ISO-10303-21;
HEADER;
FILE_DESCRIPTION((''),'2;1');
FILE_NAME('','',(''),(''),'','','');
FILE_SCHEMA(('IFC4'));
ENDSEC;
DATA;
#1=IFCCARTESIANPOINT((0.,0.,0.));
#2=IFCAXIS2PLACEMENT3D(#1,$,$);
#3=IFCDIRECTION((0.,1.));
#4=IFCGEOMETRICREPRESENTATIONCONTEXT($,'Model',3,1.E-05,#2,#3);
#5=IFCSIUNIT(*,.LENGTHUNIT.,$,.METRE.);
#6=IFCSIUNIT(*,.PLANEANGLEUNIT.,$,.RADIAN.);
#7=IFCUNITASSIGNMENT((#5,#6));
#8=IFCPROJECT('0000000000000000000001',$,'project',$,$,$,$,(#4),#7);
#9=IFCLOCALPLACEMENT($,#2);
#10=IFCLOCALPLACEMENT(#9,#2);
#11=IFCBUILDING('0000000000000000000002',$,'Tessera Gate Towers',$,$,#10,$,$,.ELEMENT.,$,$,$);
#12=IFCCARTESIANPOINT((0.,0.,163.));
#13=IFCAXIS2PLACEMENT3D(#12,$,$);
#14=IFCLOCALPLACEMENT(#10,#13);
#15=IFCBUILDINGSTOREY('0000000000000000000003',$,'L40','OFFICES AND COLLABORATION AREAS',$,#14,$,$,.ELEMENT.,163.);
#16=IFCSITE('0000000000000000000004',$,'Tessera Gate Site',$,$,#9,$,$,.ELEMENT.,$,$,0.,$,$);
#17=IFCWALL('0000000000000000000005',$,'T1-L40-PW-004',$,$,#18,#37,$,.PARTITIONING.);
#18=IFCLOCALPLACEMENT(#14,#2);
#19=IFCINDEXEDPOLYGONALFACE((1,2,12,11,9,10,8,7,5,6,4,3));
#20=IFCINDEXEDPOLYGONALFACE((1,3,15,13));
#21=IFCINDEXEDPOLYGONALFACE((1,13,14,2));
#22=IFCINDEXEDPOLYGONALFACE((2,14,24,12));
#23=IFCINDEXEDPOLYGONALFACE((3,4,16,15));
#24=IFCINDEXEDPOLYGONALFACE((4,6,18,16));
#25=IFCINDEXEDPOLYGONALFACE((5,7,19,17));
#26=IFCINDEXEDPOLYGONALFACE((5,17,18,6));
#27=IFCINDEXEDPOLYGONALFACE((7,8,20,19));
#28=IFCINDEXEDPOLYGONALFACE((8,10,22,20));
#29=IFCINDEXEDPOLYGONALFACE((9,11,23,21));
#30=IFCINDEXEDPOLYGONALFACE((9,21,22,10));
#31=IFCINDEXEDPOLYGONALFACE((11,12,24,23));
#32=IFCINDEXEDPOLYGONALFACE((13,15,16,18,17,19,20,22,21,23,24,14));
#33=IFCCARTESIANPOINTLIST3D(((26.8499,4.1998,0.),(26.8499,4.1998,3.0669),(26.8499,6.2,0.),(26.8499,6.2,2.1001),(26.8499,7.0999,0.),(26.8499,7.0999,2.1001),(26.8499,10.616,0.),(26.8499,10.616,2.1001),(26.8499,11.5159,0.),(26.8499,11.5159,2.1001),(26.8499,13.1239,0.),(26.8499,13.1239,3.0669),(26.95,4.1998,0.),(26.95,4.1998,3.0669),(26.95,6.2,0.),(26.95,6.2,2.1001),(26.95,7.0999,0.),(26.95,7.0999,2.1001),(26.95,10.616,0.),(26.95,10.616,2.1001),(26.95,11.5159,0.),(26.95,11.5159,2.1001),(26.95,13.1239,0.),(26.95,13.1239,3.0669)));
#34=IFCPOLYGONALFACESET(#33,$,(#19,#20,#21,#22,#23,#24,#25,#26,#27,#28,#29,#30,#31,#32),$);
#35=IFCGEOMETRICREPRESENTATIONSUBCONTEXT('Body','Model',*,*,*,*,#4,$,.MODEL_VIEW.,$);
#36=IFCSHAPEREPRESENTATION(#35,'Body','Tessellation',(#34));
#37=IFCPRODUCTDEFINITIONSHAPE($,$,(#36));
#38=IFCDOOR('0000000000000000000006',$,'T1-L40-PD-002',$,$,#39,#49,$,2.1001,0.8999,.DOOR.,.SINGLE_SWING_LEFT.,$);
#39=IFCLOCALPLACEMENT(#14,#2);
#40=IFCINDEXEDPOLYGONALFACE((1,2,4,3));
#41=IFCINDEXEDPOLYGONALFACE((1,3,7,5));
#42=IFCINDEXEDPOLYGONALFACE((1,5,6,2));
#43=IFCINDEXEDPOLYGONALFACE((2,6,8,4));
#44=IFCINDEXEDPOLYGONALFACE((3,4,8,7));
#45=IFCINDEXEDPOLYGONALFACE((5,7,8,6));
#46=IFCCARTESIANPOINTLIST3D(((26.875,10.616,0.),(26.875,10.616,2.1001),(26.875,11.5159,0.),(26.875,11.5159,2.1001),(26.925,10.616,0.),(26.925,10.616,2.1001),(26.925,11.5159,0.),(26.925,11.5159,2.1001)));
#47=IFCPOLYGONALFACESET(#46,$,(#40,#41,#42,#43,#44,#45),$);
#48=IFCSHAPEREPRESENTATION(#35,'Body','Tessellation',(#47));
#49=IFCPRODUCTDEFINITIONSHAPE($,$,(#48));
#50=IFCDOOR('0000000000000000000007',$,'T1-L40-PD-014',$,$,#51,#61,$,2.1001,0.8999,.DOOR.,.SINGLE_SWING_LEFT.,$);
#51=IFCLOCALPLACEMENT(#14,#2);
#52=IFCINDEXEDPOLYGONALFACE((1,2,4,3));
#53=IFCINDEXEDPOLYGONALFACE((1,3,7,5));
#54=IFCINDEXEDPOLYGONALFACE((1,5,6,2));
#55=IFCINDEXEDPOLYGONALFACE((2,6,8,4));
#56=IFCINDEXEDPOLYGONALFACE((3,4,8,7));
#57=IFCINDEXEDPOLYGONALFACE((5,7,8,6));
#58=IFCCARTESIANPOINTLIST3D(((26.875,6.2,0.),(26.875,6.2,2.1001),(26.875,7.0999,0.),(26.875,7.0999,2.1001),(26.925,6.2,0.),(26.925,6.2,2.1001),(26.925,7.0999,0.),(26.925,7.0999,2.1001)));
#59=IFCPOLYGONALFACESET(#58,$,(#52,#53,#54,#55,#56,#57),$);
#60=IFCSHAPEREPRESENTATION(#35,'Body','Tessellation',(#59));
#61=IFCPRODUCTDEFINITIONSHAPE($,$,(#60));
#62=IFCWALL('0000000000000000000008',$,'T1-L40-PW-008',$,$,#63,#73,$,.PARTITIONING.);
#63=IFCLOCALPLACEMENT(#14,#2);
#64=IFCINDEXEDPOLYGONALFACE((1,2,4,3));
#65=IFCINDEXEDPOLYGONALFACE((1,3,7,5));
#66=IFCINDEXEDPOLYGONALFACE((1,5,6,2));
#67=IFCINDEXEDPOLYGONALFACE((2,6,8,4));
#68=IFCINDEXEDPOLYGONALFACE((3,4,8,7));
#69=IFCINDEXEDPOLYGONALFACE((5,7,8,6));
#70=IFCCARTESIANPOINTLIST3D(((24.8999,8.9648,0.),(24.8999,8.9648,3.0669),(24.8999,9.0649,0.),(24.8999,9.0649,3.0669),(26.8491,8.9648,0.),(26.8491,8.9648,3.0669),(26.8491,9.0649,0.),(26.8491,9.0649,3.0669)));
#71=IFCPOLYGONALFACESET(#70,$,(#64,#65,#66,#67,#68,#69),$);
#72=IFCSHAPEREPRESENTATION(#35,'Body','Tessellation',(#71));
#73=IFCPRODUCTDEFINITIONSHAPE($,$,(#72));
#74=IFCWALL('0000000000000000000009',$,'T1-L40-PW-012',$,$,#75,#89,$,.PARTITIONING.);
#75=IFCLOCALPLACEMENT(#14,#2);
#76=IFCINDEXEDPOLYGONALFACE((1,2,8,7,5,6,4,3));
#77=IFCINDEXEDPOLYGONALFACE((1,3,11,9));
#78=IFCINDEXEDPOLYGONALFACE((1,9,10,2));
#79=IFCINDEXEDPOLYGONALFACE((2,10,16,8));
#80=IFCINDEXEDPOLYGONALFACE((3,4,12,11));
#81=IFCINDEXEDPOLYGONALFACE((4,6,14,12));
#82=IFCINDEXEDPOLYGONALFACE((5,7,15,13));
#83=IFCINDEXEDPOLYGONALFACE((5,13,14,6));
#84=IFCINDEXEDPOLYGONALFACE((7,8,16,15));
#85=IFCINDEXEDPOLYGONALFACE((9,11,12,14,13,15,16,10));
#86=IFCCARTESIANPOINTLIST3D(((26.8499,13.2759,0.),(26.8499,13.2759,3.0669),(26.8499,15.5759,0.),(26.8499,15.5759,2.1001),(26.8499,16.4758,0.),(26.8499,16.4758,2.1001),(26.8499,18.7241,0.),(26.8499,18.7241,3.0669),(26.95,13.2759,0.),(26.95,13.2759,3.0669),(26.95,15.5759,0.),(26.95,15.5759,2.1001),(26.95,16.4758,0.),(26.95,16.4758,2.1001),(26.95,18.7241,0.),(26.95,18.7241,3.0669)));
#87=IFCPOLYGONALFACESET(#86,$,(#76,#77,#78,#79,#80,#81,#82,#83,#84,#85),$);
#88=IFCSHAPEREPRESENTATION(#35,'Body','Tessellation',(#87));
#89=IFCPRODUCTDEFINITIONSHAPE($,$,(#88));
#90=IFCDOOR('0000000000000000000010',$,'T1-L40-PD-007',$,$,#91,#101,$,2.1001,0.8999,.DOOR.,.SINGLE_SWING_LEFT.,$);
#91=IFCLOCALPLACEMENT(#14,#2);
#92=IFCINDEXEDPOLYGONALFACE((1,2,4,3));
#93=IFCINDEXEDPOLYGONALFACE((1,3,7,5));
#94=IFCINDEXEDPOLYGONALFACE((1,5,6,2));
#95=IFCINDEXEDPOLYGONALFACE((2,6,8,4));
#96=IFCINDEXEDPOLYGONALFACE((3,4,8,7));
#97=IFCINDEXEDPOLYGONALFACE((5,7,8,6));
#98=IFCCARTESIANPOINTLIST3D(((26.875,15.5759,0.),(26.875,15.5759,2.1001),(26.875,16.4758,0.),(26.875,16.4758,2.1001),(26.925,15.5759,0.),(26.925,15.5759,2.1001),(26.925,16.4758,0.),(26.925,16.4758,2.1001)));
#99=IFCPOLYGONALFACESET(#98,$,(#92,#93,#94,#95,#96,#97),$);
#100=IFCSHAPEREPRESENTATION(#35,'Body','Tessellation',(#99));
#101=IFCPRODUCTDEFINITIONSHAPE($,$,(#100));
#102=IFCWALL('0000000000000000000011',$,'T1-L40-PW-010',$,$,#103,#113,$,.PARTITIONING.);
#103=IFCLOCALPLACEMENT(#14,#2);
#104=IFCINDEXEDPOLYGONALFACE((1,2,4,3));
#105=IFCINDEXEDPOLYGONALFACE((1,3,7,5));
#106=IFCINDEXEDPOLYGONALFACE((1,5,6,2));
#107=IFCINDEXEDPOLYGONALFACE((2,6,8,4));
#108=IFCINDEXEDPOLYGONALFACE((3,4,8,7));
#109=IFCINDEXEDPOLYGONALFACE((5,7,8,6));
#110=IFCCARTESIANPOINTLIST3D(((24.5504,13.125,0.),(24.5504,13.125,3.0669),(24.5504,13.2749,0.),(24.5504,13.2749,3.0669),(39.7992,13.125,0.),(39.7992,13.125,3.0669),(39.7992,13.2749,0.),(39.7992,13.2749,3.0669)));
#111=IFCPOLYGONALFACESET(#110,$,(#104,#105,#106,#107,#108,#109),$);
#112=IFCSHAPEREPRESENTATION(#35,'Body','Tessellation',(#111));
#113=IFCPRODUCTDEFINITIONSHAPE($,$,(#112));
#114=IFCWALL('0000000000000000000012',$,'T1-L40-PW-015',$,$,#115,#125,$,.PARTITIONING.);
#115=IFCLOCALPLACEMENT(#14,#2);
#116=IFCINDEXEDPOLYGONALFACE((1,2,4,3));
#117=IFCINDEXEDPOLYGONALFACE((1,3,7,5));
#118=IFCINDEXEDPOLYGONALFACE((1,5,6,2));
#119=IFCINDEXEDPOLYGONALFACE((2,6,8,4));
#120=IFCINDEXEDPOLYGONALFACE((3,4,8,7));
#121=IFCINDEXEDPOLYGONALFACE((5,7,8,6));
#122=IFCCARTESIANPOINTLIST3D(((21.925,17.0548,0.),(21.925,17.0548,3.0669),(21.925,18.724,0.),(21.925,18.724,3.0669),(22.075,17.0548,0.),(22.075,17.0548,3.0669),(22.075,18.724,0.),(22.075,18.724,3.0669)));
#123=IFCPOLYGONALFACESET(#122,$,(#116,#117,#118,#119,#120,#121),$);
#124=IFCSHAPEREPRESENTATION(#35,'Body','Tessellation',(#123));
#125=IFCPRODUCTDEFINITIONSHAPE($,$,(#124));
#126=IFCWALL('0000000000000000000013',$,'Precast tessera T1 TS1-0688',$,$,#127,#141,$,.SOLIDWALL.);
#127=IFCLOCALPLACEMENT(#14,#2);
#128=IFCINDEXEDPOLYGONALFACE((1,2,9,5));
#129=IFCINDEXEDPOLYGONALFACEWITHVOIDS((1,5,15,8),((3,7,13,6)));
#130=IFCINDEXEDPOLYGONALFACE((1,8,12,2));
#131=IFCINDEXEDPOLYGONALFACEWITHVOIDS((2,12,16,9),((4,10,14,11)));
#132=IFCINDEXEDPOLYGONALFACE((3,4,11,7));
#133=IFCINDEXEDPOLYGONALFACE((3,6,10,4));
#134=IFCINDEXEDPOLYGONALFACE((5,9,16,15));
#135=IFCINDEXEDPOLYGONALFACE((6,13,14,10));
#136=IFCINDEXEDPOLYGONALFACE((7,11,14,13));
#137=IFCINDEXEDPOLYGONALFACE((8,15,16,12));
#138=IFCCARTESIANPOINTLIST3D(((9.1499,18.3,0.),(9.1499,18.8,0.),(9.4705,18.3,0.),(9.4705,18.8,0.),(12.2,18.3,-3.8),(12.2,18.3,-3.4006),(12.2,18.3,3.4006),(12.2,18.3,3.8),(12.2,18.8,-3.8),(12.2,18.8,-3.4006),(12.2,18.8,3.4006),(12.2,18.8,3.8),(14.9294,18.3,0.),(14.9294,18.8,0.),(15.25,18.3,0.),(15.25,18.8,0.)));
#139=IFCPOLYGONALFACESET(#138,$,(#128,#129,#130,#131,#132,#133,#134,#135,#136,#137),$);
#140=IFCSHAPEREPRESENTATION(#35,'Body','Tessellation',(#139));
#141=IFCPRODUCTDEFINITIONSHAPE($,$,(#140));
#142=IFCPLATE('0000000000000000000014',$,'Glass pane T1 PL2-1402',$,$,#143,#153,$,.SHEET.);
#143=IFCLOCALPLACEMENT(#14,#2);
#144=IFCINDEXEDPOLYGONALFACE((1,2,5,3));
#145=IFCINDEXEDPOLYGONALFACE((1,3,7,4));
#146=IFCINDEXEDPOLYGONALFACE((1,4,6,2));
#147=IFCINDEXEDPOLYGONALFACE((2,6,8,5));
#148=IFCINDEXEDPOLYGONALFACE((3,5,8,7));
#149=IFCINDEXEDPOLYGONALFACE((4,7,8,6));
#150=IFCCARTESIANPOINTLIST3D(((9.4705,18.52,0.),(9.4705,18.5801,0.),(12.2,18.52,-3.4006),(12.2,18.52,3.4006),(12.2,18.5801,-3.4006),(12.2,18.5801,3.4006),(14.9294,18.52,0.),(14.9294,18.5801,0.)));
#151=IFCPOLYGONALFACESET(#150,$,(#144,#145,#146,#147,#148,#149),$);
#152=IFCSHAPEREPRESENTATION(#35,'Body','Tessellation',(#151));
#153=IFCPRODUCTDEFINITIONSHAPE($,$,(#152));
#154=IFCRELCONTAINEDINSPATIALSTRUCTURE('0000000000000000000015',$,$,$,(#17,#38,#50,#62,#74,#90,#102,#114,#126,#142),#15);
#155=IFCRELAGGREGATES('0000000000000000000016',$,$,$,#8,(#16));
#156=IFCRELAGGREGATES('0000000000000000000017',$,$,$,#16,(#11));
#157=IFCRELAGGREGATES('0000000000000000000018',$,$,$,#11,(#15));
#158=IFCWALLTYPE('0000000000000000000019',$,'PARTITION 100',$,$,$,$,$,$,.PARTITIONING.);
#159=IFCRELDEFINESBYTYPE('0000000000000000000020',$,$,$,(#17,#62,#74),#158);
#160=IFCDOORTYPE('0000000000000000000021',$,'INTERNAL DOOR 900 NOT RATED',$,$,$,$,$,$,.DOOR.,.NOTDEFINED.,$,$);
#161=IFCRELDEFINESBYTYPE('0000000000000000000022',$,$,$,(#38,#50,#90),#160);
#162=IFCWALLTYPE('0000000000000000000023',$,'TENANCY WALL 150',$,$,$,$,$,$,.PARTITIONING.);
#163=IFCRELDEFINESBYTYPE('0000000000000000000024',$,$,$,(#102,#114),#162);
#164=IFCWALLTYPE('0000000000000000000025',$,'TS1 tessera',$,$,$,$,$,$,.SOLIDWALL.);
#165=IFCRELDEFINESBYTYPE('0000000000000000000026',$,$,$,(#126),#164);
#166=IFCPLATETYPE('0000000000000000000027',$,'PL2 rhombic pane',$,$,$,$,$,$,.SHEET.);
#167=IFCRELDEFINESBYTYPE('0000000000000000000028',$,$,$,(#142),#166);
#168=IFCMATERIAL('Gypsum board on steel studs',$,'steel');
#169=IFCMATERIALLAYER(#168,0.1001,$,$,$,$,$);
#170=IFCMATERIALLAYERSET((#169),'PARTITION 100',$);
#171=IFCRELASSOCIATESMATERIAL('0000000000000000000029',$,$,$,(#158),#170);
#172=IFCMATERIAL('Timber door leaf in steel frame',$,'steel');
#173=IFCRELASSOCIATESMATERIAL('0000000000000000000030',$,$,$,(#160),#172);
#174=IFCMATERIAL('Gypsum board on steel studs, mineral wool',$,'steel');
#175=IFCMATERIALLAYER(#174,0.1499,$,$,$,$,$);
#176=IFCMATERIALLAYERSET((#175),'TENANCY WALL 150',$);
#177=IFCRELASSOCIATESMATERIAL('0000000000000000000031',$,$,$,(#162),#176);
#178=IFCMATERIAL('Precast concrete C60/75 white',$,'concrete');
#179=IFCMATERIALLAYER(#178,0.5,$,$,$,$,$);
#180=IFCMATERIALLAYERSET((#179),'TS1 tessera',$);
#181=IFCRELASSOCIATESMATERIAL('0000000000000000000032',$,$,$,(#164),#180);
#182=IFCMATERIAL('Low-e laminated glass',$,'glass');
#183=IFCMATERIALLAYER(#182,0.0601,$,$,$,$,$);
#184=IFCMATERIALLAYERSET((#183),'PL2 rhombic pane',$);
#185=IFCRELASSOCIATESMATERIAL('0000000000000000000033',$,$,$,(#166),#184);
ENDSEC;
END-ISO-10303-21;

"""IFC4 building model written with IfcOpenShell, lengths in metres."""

from ifc_helpers import new_model, si_unit, direction, frame, frame_2d, origin, place, context, subcontext, project, spatial, polyline, rectangle, outline, extrude, source, transform, mapped, material, layer, layer_set, type_object, element, fill, save


model = new_model("IFC4")

# Units and contexts
model_context = context("Model", 3, precision=1e-05, world=origin(), true_north=direction((0.0, 1.0)))
body_context = subcontext(model_context, "Body", "Model", "MODEL_VIEW")
ifc_project = project(units=[si_unit("LENGTHUNIT", "METRE"), si_unit("PLANEANGLEUNIT", "RADIAN")], contexts=[model_context])

# Site, building, storey
site_placement = place(None, origin())
site = spatial("IfcSite", under=ifc_project, at=site_placement, Name="Tessera Gate Site", CompositionType="ELEMENT", RefElevation=0.0)
building_placement = place(site_placement, origin())
building = spatial("IfcBuilding", under=site, at=building_placement, Name="Tessera Gate Towers", CompositionType="ELEMENT")
storey_placement = place(building_placement, frame((0.0, 0.0, 163.0)))
storey = spatial("IfcBuildingStorey", under=building, at=storey_placement, Name="L40", Description="OFFICES AND COLLABORATION AREAS", CompositionType="ELEMENT", Elevation=163.0)

# Shared definitions
ifc_material_1 = material(Name="Gypsum board on steel studs", Category="steel")
ifc_layer_1 = layer(ifc_material_1, 0.1001)
ifc_layer_set_1 = layer_set([ifc_layer_1], Name="PARTITION 100")
wall_type_1 = type_object("IfcWallType", Name="PARTITION 100", PredefinedType="PARTITIONING", material=ifc_layer_set_1)

# Wall, openings, doors
wall_1_placement = place(storey_placement, frame((26.8999, 4.2, 0.0), z_axis=(0.0, 0.0, 1.0), x_axis=(0.0, 1.0, 0.0)))
wall_1 = element("IfcWall", 1, at=wall_1_placement, inside=storey, type_object=wall_type_1, Name="T1-L40-PW-004", PredefinedType="PARTITIONING", context=body_context, shape_type="SweptSolid", body=[
    extrude(rectangle(XDim=8.9241, YDim=0.1001, at=frame_2d((4.4619, 0.0))), origin(), (0.0, 0.0, 1.0), 3.0669),
])
shared_shape_1 = source(origin(), body_context, "Body", "SweptSolid", [
    extrude(rectangle(XDim=0.8999, YDim=2.1001, at=frame_2d((0.45, 1.05))), frame((0.0, 0.0601, 0.0), z_axis=(0.0, -1.0, 0.0), x_axis=(1.0, 0.0, 0.0)), (0.0, 0.0, 1.0), 0.1201),
])
opening_1_placement = place(wall_1_placement, frame((6.416, 0.0, 0.0)))
opening_1 = element("IfcOpeningElement", 2, at=opening_1_placement, cuts=wall_1, PredefinedType="OPENING", context=body_context, shape_type="MappedRepresentation", body=[
    mapped(shared_shape_1, transform((0.0, 0.0, 0.0), scale=1.0)),
])
opening_2_placement = place(wall_1_placement, frame((2.0, 0.0, 0.0)))
opening_2 = element("IfcOpeningElement", 3, at=opening_2_placement, cuts=wall_1, PredefinedType="OPENING", context=body_context, shape_type="MappedRepresentation", body=[
    mapped(shared_shape_1, transform((0.0, 0.0, 0.0), scale=1.0)),
])
ifc_material_2 = material(Name="Timber door leaf in steel frame", Category="steel")
door_type = type_object("IfcDoorType", Name="INTERNAL DOOR 900 NOT RATED", OperationType="NOTDEFINED", PredefinedType="DOOR", material=ifc_material_2)
shared_shape_2 = source(origin(), body_context, "Body", "SweptSolid", [
    extrude(rectangle(XDim=0.8999, YDim=2.1001, at=frame_2d((0.45, 1.05))), frame((0.0, 0.0249, 0.0), z_axis=(0.0, -1.0, 0.0), x_axis=(1.0, 0.0, 0.0)), (0.0, 0.0, 1.0), 0.05),
])
door_1_placement = place(opening_1_placement, origin())
door_1 = element("IfcDoor", 4, at=door_1_placement, inside=storey, type_object=door_type, Name="T1-L40-PD-002", OperationType="SINGLE_SWING_LEFT", OverallHeight=2.1001, OverallWidth=0.8999, PredefinedType="DOOR", context=body_context, shape_type="MappedRepresentation", body=[
    mapped(shared_shape_2, transform((0.0, 0.0, 0.0), scale=1.0)),
])
fill(opening_1, door_1)
door_2_placement = place(opening_2_placement, origin())
door_2 = element("IfcDoor", 5, at=door_2_placement, inside=storey, type_object=door_type, Name="T1-L40-PD-014", OperationType="SINGLE_SWING_LEFT", OverallHeight=2.1001, OverallWidth=0.8999, PredefinedType="DOOR", context=body_context, shape_type="MappedRepresentation", body=[
    mapped(shared_shape_2, transform((0.0, 0.0, 0.0), scale=1.0)),
])
fill(opening_2, door_2)

# Wall
wall_2_placement = place(storey_placement, frame((24.8999, 9.0149, 0.0), z_axis=(0.0, 0.0, 1.0), x_axis=(1.0, 0.0, 0.0)))
element("IfcWall", 6, at=wall_2_placement, inside=storey, type_object=wall_type_1, Name="T1-L40-PW-008", PredefinedType="PARTITIONING", context=body_context, shape_type="SweptSolid", body=[
    extrude(rectangle(XDim=1.9492, YDim=0.1001, at=frame_2d((0.9746, 0.0))), origin(), (0.0, 0.0, 1.0), 3.0669),
])

# Wall, opening, door
wall_3_placement = place(storey_placement, frame((26.8999, 13.2759, 0.0), z_axis=(0.0, 0.0, 1.0), x_axis=(0.0, 1.0, 0.0)))
wall_3 = element("IfcWall", 7, at=wall_3_placement, inside=storey, type_object=wall_type_1, Name="T1-L40-PW-012", PredefinedType="PARTITIONING", context=body_context, shape_type="SweptSolid", body=[
    extrude(rectangle(XDim=5.4482, YDim=0.1001, at=frame_2d((2.7241, 0.0))), origin(), (0.0, 0.0, 1.0), 3.0669),
])
opening_3_placement = place(wall_3_placement, frame((2.3, 0.0, 0.0)))
opening_3 = element("IfcOpeningElement", 8, at=opening_3_placement, cuts=wall_3, PredefinedType="OPENING", context=body_context, shape_type="MappedRepresentation", body=[
    mapped(shared_shape_1, transform((0.0, 0.0, 0.0), scale=1.0)),
])
door_3_placement = place(opening_3_placement, origin())
door_3 = element("IfcDoor", 9, at=door_3_placement, inside=storey, type_object=door_type, Name="T1-L40-PD-007", OperationType="SINGLE_SWING_LEFT", OverallHeight=2.1001, OverallWidth=0.8999, PredefinedType="DOOR", context=body_context, shape_type="MappedRepresentation", body=[
    mapped(shared_shape_2, transform((0.0, 0.0, 0.0), scale=1.0)),
])
fill(opening_3, door_3)

# Walls
ifc_material_3 = material(Name="Gypsum board on steel studs, mineral wool", Category="steel")
ifc_layer_2 = layer(ifc_material_3, 0.1499)
ifc_layer_set_2 = layer_set([ifc_layer_2], Name="TENANCY WALL 150")
wall_type_2 = type_object("IfcWallType", Name="TENANCY WALL 150", PredefinedType="PARTITIONING", material=ifc_layer_set_2)
wall_4_placement = place(storey_placement, frame((24.5503, 13.2, 0.0), z_axis=(0.0, 0.0, 1.0), x_axis=(1.0, 0.0, 0.0)))
element("IfcWall", 10, at=wall_4_placement, inside=storey, type_object=wall_type_2, Name="T1-L40-PW-010", PredefinedType="PARTITIONING", context=body_context, shape_type="SweptSolid", body=[
    extrude(rectangle(XDim=15.2488, YDim=0.1499, at=frame_2d((7.6245, 0.0))), origin(), (0.0, 0.0, 1.0), 3.0669),
])
wall_5_placement = place(storey_placement, frame((22.0, 17.0549, 0.0), z_axis=(0.0, 0.0, 1.0), x_axis=(0.0, 1.0, 0.0)))
element("IfcWall", 11, at=wall_5_placement, inside=storey, type_object=wall_type_2, Name="T1-L40-PW-015", PredefinedType="PARTITIONING", context=body_context, shape_type="SweptSolid", body=[
    extrude(rectangle(XDim=1.6692, YDim=0.1499, at=frame_2d((0.8345, 0.0))), origin(), (0.0, 0.0, 1.0), 3.0669),
])

# Wall, opening, plate
ifc_material_4 = material(Name="Precast concrete C60/75 white", Category="concrete")
ifc_layer_3 = layer(ifc_material_4, 0.5)
ifc_layer_set_3 = layer_set([ifc_layer_3], Name="TS1 tessera")
wall_type_3 = type_object("IfcWallType", Name="TS1 tessera", PredefinedType="SOLIDWALL", material=ifc_layer_set_3)
shared_shape_3 = source(origin(), body_context, "Body", "SweptSolid", [
    extrude(outline(polyline([(3.05, 0.0), (6.1001, 3.8), (3.05, 7.6001), (0.0, 3.8), (3.05, 0.0)])), frame((0.0, 0.25, 0.0), z_axis=(0.0, -1.0, 0.0), x_axis=(1.0, 0.0, 0.0)), (0.0, 0.0, 1.0), 0.5),
])
wall_6_placement = place(storey_placement, frame((9.1499, 18.55, -3.8), z_axis=(0.0, 0.0, 1.0), x_axis=(1.0, 0.0, 0.0)))
wall_6 = element("IfcWall", 12, at=wall_6_placement, inside=storey, type_object=wall_type_3, Name="Precast tessera T1 TS1-0688", PredefinedType="SOLIDWALL", context=body_context, shape_type="MappedRepresentation", body=[
    mapped(shared_shape_3, transform((0.0, 0.0, 0.0), scale=1.0)),
])
shared_shape_4 = source(origin(), body_context, "Body", "SweptSolid", [
    extrude(outline(polyline([(3.05, 0.3994), (5.7795, 3.8), (3.05, 7.2007), (0.3206, 3.8), (3.05, 0.3994)])), frame((0.0, 0.26, 0.0), z_axis=(0.0, -1.0, 0.0), x_axis=(1.0, 0.0, 0.0)), (0.0, 0.0, 1.0), 0.52),
])
opening_4_placement = place(wall_6_placement, origin())
opening_4 = element("IfcOpeningElement", 13, at=opening_4_placement, cuts=wall_6, PredefinedType="OPENING", context=body_context, shape_type="MappedRepresentation", body=[
    mapped(shared_shape_4, transform((0.0, 0.0, 0.0), scale=1.0)),
])
ifc_material_5 = material(Name="Low-e laminated glass", Category="glass")
ifc_layer_4 = layer(ifc_material_5, 0.0601)
ifc_layer_set_4 = layer_set([ifc_layer_4], Name="PL2 rhombic pane")
plate_type = type_object("IfcPlateType", Name="PL2 rhombic pane", PredefinedType="SHEET", material=ifc_layer_set_4)
shared_shape_5 = source(origin(), body_context, "Body", "SweptSolid", [
    extrude(outline(polyline([(3.05, 0.3994), (5.7795, 3.8), (3.05, 7.2007), (0.3206, 3.8), (3.05, 0.3994)])), frame((0.0, 0.03, 0.0), z_axis=(0.0, -1.0, 0.0), x_axis=(1.0, 0.0, 0.0)), (0.0, 0.0, 1.0), 0.0601),
])
plate_placement = place(opening_4_placement, origin())
plate = element("IfcPlate", 14, at=plate_placement, inside=storey, type_object=plate_type, Name="Glass pane T1 PL2-1402", PredefinedType="SHEET", context=body_context, shape_type="MappedRepresentation", body=[
    mapped(shared_shape_5, transform((0.0, 0.0, 0.0), scale=1.0)),
])
fill(opening_4, plate)

save(model, "model.ifc")
